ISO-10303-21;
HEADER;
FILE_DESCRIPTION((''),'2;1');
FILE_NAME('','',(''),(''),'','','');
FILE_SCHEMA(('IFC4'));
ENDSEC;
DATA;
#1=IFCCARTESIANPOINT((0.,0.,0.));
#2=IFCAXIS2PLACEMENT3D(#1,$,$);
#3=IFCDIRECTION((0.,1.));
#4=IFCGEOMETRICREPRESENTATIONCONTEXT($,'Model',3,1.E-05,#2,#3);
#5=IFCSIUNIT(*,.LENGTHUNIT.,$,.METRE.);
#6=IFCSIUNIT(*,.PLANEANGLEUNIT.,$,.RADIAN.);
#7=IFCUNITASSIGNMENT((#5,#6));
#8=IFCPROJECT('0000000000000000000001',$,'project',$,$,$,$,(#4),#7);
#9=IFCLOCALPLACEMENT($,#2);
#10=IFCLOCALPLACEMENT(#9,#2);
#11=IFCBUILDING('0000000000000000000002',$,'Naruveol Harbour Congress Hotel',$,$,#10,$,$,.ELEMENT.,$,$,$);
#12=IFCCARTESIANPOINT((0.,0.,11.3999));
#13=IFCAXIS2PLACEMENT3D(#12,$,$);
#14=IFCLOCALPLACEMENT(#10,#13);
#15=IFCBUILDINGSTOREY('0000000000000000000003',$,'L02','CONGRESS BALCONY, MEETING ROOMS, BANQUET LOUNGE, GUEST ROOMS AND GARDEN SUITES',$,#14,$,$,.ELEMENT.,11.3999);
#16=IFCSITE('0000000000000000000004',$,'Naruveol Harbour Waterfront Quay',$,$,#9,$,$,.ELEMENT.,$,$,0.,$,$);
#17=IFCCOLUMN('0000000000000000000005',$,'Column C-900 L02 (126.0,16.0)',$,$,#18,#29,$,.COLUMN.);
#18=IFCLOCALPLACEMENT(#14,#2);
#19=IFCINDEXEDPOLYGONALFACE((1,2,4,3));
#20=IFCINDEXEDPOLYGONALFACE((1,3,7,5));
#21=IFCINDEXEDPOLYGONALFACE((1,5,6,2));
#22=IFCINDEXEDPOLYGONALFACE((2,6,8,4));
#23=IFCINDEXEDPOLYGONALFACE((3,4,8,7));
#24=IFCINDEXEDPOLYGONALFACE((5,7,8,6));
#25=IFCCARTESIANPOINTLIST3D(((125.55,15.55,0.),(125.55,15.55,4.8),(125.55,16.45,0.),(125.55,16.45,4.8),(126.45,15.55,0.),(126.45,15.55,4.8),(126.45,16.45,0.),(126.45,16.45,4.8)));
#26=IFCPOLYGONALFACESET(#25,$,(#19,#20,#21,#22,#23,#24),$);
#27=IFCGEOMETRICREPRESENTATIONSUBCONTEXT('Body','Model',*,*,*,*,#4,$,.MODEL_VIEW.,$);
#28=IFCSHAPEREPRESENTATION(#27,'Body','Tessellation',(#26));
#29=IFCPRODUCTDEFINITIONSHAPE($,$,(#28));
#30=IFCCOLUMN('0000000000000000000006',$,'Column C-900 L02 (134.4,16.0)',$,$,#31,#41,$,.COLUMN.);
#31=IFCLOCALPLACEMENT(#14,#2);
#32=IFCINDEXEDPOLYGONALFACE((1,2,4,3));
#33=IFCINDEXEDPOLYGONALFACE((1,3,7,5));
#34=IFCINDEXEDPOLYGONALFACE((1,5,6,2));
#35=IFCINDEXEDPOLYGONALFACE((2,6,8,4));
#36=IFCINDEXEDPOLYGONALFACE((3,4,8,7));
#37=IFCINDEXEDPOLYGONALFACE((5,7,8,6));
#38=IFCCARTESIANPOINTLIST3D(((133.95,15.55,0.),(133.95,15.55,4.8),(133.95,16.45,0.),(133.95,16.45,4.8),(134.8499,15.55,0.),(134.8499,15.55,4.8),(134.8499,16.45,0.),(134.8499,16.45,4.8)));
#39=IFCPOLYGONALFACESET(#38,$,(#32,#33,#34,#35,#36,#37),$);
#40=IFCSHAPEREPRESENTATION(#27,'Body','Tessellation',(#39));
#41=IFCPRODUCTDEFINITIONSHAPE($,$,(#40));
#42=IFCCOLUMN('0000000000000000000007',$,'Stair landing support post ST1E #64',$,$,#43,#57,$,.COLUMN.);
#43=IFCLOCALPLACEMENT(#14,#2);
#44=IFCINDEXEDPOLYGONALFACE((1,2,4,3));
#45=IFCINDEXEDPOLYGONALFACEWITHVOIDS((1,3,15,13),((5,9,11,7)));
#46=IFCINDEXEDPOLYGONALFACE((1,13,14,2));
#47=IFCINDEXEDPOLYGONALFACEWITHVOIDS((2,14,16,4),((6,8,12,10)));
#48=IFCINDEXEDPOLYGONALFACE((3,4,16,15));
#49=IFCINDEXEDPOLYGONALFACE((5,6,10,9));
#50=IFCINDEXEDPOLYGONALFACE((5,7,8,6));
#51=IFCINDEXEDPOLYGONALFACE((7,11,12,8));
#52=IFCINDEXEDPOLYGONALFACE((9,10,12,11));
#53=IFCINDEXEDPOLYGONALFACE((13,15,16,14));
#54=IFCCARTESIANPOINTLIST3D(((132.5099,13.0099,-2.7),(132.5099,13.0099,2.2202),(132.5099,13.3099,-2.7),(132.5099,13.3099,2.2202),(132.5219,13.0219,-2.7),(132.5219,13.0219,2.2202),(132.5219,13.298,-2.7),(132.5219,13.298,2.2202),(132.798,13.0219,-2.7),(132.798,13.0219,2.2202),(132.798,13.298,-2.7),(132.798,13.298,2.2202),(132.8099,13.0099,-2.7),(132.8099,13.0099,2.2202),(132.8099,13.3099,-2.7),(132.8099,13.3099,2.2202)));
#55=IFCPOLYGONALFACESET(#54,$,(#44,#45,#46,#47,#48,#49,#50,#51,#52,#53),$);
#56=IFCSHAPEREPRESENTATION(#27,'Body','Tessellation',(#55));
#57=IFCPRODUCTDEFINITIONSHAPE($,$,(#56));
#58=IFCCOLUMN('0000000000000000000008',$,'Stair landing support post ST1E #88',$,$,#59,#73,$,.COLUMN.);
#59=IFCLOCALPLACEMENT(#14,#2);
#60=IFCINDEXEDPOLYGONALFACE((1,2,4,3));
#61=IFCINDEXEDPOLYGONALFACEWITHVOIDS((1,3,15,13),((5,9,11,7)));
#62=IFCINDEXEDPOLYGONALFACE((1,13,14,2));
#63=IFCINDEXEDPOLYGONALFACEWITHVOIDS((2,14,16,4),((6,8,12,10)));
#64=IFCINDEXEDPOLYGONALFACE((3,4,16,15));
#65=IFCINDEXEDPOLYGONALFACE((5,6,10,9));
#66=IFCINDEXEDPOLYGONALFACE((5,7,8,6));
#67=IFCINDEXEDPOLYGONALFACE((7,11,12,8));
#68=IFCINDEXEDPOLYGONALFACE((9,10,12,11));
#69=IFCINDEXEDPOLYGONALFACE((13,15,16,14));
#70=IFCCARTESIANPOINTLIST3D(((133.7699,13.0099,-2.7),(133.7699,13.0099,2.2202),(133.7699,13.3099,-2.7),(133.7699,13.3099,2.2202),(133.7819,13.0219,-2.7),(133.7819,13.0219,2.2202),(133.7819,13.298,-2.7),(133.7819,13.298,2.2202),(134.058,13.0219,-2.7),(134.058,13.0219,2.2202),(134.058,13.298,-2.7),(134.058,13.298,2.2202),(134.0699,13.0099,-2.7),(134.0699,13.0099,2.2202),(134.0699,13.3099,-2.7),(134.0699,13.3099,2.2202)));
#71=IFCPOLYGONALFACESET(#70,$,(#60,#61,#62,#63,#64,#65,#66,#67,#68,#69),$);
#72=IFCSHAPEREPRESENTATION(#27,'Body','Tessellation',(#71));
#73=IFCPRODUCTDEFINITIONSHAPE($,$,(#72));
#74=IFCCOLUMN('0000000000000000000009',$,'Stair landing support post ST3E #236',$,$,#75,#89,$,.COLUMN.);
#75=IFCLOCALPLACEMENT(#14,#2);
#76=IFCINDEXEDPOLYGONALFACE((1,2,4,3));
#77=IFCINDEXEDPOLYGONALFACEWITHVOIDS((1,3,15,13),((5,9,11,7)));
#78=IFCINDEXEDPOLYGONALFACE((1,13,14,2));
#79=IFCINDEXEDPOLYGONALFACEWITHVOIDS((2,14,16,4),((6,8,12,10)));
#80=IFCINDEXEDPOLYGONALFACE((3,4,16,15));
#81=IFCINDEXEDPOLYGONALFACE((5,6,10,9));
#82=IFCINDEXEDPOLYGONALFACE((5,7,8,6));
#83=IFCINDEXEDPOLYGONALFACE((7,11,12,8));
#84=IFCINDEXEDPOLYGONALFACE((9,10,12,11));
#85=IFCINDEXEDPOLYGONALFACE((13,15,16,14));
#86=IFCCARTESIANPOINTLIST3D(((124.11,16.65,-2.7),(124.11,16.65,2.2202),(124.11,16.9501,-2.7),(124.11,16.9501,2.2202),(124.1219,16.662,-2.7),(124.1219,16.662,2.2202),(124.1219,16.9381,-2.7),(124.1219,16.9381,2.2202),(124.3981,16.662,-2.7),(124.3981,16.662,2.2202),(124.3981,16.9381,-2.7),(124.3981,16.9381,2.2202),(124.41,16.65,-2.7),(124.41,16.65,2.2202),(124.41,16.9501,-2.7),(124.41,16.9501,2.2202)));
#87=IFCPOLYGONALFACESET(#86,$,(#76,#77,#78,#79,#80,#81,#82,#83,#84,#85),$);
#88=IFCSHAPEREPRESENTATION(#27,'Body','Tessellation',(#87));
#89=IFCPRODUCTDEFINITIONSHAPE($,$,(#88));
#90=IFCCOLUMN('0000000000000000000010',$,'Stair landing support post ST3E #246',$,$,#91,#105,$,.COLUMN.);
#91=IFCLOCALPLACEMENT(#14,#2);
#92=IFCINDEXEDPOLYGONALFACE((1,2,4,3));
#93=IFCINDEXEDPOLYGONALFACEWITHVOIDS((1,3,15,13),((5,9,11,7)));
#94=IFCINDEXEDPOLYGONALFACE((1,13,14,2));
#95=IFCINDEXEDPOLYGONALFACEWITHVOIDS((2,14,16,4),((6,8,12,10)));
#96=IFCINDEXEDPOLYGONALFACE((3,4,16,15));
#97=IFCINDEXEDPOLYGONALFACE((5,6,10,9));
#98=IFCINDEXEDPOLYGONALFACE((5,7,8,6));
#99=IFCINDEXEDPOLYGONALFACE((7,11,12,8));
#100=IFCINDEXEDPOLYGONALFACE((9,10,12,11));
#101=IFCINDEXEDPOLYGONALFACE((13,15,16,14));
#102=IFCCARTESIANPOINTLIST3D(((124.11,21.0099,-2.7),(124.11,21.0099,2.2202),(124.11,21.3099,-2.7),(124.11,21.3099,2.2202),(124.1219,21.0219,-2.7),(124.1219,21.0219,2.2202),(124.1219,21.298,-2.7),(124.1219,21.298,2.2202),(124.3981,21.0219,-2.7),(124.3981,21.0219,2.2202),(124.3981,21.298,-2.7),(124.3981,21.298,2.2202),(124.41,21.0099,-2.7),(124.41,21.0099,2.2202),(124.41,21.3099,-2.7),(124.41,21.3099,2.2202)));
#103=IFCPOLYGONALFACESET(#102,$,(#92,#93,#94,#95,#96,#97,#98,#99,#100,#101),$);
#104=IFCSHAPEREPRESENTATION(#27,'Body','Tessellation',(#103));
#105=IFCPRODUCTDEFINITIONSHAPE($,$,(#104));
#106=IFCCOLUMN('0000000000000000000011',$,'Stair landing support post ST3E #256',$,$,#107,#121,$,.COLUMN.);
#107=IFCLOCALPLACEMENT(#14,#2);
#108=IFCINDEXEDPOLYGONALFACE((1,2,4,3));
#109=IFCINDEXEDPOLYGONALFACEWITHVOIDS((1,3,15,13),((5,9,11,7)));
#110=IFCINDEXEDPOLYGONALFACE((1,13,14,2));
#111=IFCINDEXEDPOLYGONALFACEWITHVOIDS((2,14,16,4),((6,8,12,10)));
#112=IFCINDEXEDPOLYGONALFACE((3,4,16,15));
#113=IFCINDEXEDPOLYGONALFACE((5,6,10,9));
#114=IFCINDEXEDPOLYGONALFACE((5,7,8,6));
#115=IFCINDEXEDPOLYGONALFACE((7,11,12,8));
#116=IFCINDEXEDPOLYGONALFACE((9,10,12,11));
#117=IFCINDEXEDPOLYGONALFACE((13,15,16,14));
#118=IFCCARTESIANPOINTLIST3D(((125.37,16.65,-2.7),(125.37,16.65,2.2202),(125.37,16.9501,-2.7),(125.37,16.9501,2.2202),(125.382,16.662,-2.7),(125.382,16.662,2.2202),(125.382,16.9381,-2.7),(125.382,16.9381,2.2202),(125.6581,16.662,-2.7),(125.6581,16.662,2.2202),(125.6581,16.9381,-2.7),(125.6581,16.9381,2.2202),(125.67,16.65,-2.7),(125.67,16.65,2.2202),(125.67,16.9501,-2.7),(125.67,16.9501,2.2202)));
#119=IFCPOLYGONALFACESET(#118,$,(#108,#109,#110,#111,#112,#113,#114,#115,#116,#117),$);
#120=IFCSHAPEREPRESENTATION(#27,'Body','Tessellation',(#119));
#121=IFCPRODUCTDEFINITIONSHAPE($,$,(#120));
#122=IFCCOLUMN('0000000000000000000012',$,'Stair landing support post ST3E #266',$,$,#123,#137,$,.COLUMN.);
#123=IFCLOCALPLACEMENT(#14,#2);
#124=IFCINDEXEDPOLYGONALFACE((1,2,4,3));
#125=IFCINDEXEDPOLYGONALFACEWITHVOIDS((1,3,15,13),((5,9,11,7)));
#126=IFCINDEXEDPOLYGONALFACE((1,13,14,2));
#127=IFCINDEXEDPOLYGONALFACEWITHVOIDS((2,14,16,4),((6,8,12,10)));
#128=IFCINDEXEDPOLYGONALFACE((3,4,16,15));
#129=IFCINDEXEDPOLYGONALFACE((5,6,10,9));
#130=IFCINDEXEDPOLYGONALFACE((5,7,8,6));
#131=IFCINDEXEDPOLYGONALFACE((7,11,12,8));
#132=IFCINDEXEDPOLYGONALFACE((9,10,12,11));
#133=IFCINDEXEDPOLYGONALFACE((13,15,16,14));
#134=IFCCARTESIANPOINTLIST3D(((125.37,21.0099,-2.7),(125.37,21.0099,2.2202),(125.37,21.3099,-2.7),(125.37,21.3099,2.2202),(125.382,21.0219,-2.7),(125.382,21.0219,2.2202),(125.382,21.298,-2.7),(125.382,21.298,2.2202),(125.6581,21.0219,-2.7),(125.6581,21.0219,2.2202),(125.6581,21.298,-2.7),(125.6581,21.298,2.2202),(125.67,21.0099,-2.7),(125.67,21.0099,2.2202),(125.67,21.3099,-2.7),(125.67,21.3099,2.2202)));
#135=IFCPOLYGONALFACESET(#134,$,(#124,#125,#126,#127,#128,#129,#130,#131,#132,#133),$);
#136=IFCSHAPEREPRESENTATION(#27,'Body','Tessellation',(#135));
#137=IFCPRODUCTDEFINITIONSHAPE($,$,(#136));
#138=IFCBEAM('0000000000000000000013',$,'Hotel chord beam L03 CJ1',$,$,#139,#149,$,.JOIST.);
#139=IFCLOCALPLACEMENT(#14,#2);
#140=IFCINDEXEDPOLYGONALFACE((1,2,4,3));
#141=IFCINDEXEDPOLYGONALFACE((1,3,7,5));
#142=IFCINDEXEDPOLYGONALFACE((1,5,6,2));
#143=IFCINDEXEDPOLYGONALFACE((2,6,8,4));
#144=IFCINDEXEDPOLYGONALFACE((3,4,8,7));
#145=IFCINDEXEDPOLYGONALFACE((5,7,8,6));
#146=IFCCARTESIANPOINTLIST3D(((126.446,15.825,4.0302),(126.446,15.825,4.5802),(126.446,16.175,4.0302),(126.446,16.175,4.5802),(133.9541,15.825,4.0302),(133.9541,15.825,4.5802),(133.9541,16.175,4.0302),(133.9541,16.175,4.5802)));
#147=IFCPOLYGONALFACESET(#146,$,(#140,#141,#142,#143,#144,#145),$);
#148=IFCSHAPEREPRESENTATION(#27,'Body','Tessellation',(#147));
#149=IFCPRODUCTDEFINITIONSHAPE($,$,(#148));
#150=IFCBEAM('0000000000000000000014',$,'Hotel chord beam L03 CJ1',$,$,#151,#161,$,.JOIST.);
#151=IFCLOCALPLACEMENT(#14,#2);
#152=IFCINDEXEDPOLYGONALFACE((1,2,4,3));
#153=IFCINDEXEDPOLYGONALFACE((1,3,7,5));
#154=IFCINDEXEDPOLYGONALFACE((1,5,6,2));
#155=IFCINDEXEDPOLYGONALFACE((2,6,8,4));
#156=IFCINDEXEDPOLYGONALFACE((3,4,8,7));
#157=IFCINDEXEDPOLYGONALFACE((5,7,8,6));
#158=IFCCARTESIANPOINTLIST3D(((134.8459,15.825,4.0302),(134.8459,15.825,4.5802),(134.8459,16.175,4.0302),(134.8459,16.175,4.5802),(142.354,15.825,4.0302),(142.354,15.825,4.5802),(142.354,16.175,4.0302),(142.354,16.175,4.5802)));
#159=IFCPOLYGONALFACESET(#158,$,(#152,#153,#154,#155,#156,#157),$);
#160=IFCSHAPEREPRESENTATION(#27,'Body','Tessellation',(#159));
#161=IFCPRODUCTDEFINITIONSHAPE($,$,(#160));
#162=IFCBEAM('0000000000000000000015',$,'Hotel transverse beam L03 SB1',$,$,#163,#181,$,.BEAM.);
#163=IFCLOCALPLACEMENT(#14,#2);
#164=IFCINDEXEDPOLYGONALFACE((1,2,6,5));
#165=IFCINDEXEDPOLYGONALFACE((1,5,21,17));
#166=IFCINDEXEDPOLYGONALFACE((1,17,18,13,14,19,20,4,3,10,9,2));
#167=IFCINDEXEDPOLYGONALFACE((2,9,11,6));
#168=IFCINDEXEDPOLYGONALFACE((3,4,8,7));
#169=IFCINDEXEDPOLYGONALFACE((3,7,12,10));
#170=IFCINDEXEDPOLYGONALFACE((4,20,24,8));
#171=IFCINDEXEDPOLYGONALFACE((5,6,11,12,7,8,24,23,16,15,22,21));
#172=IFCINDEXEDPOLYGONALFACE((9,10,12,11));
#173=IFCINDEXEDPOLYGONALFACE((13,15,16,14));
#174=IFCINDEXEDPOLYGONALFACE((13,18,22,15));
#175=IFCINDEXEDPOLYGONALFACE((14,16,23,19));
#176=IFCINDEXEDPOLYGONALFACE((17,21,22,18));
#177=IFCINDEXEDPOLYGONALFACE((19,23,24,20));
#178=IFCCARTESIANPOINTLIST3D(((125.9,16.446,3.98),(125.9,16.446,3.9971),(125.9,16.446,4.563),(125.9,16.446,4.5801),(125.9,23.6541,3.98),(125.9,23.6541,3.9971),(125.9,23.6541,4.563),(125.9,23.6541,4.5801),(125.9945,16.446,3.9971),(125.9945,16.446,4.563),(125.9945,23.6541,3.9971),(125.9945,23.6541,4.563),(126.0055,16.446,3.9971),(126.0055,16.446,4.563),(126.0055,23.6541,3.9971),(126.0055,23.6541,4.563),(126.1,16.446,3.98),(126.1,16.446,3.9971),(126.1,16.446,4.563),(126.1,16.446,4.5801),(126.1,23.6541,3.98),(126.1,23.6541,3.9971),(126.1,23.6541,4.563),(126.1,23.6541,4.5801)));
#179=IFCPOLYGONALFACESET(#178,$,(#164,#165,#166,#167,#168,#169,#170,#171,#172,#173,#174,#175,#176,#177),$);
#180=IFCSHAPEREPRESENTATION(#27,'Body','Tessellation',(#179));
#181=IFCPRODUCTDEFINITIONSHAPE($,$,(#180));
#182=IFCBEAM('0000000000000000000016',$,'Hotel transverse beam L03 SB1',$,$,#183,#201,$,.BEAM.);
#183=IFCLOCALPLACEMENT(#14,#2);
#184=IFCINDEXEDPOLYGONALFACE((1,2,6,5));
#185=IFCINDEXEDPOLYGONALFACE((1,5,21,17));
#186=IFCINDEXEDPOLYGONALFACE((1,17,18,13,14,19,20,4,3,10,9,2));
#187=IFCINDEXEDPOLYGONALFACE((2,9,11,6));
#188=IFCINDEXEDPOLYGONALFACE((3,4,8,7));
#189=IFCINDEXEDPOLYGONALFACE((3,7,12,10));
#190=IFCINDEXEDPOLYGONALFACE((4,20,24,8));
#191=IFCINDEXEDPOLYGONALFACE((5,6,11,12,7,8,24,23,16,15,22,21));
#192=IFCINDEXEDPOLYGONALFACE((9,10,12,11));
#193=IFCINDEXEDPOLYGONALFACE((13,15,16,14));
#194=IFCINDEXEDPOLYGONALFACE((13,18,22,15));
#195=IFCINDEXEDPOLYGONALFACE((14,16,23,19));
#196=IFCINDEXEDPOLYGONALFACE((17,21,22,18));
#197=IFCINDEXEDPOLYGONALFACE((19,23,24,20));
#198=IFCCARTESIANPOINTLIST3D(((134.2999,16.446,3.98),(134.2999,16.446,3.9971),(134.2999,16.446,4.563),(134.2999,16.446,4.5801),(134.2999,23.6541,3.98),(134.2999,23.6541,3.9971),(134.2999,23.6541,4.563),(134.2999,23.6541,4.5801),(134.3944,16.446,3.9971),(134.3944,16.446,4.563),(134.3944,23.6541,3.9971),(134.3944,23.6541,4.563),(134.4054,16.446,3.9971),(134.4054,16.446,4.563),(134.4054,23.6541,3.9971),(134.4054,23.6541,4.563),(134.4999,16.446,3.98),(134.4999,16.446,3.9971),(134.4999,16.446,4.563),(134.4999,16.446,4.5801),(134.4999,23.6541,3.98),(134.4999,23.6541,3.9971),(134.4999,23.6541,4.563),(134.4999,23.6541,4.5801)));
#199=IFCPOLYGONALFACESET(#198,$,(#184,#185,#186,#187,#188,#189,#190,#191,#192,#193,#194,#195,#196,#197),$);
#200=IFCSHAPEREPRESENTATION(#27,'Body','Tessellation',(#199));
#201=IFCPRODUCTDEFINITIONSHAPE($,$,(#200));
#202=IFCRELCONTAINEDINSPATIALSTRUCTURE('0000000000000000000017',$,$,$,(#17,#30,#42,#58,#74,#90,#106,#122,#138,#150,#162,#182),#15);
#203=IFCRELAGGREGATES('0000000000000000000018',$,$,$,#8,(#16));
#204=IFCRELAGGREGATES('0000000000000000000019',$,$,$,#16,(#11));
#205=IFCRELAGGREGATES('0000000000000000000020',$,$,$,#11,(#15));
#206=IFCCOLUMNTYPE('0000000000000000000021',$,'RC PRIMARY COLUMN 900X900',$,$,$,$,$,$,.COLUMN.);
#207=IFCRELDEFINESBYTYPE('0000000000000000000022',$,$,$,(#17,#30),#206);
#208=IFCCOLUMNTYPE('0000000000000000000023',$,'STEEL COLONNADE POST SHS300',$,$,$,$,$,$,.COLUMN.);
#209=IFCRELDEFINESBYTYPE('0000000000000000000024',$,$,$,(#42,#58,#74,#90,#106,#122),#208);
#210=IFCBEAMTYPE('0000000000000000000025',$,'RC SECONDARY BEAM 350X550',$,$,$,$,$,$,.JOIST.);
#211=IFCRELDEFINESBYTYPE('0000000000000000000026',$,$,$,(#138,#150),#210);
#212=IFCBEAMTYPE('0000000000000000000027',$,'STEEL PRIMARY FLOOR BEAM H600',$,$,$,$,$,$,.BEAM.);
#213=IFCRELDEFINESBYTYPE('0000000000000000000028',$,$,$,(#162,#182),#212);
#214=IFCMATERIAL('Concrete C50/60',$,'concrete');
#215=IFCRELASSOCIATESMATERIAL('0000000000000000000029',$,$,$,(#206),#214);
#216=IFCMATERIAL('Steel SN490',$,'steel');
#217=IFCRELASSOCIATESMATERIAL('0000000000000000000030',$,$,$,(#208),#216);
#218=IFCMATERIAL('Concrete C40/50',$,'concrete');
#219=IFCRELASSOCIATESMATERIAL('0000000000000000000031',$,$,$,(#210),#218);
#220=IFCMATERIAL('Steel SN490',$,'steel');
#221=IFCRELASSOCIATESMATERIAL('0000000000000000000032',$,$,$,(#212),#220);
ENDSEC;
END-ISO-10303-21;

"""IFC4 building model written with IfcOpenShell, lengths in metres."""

from ifc_helpers import new_model, si_unit, direction, frame, origin, origin_2d, place, context, subcontext, project, spatial, rectangle, hollow_rectangle, i_section, extrude, material, material_profile, profile_set, type_object, element, save


model = new_model("IFC4")

# Units and contexts
model_context = context("Model", 3, precision=1e-05, world=origin(), true_north=direction((0.0, 1.0)))
body_context = subcontext(model_context, "Body", "Model", "MODEL_VIEW")
ifc_project = project(units=[si_unit("LENGTHUNIT", "METRE"), si_unit("PLANEANGLEUNIT", "RADIAN")], contexts=[model_context])

# Site, building, storey
site_placement = place(None, origin())
site = spatial("IfcSite", under=ifc_project, at=site_placement, Name="Naruveol Harbour Waterfront Quay", CompositionType="ELEMENT", RefElevation=0.0)
building_placement = place(site_placement, origin())
building = spatial("IfcBuilding", under=site, at=building_placement, Name="Naruveol Harbour Congress Hotel", CompositionType="ELEMENT")
storey_placement = place(building_placement, frame((0.0, 0.0, 11.3999)))
storey = spatial("IfcBuildingStorey", under=building, at=storey_placement, Name="L02", Description="CONGRESS BALCONY, MEETING ROOMS, BANQUET LOUNGE, GUEST ROOMS AND GARDEN SUITES", CompositionType="ELEMENT", Elevation=11.3999)

# Columns
ifc_material_1 = material(Name="Concrete C50/60", Category="concrete")
ifc_material_profile_1 = material_profile(ifc_material_1, rectangle(XDim=0.8999, YDim=0.8999, at=origin_2d()), Name="RC-900x900")
ifc_profile_set_1 = profile_set([ifc_material_profile_1], Name="Concrete C50/60")
column_type_1 = type_object("IfcColumnType", Name="RC PRIMARY COLUMN 900X900", PredefinedType="COLUMN", material=ifc_profile_set_1)
for number, where, z_axis, x_axis, name in (
    (1, (126.0, 16.0, 0.0), (0.0, 0.0, 1.0), (1.0, 0.0, 0.0), "Column C-900 L02 (126.0,16.0)"),
    (2, (134.3999, 16.0, 0.0), (0.0, 0.0, 1.0), (1.0, 0.0, 0.0), "Column C-900 L02 (134.4,16.0)"),
):
    element("IfcColumn", number, at=place(storey_placement, frame(where, z_axis=z_axis, x_axis=x_axis)), inside=storey, type_object=column_type_1, Name=name, PredefinedType="COLUMN", context=body_context, shape_type="SweptSolid", body=[
        extrude(rectangle(XDim=0.8999, YDim=0.8999, at=origin_2d()), origin(), (0.0, 0.0, 1.0), 4.8),
    ])
ifc_material_2 = material(Name="Steel SN490", Category="steel")
ifc_material_profile_2 = material_profile(ifc_material_2, hollow_rectangle(XDim=0.3, YDim=0.3, WallThickness=0.012, at=origin_2d()), Name="SHS-300x300x12")
ifc_profile_set_2 = profile_set([ifc_material_profile_2], Name="Steel SN490")
column_type_2 = type_object("IfcColumnType", Name="STEEL COLONNADE POST SHS300", PredefinedType="COLUMN", material=ifc_profile_set_2)
for number, where, z_axis, x_axis, name in (
    (3, (132.6599, 13.1599, -2.7), (0.0, 0.0, 1.0), (1.0, 0.0, 0.0), "Stair landing support post ST1E #64"),
    (4, (133.9199, 13.1599, -2.7), (0.0, 0.0, 1.0), (1.0, 0.0, 0.0), "Stair landing support post ST1E #88"),
    (5, (124.26, 16.8, -2.7), (0.0, 0.0, 1.0), (1.0, 0.0, 0.0), "Stair landing support post ST3E #236"),
    (6, (124.26, 21.1599, -2.7), (0.0, 0.0, 1.0), (1.0, 0.0, 0.0), "Stair landing support post ST3E #246"),
    (7, (125.52, 16.8, -2.7), (0.0, 0.0, 1.0), (1.0, 0.0, 0.0), "Stair landing support post ST3E #256"),
    (8, (125.52, 21.1599, -2.7), (0.0, 0.0, 1.0), (1.0, 0.0, 0.0), "Stair landing support post ST3E #266"),
):
    element("IfcColumn", number, at=place(storey_placement, frame(where, z_axis=z_axis, x_axis=x_axis)), inside=storey, type_object=column_type_2, Name=name, PredefinedType="COLUMN", context=body_context, shape_type="SweptSolid", body=[
        extrude(hollow_rectangle(XDim=0.3, YDim=0.3, WallThickness=0.012, at=origin_2d()), origin(), (0.0, 0.0, 1.0), 4.9202),
    ])

# Beams
ifc_material_3 = material(Name="Concrete C40/50", Category="concrete")
ifc_material_profile_3 = material_profile(ifc_material_3, rectangle(XDim=0.3501, YDim=0.55, at=origin_2d()), Name="RCB-350x550")
ifc_profile_set_3 = profile_set([ifc_material_profile_3], Name="Concrete C40/50")
beam_type_1 = type_object("IfcBeamType", Name="RC SECONDARY BEAM 350X550", PredefinedType="JOIST", material=ifc_profile_set_3)
for number, where, z_axis, x_axis, name in (
    (9, (126.446, 16.0, 4.3052), (1.0, 0.0, 0.0), (0.0, 1.0, 0.0), "Hotel chord beam L03 CJ1"),
    (10, (134.8459, 16.0, 4.3052), (1.0, 0.0, 0.0), (0.0, 1.0, 0.0), "Hotel chord beam L03 CJ1"),
):
    element("IfcBeam", number, at=place(storey_placement, frame(where, z_axis=z_axis, x_axis=x_axis)), inside=storey, type_object=beam_type_1, Name=name, PredefinedType="JOIST", context=body_context, shape_type="SweptSolid", body=[
        extrude(rectangle(XDim=0.3501, YDim=0.55, at=origin_2d()), origin(), (0.0, 0.0, 1.0), 7.5081),
    ])
ifc_material_4 = material(Name="Steel SN490", Category="steel")
ifc_material_profile_4 = material_profile(ifc_material_4, i_section(OverallWidth=0.2, OverallDepth=0.6001, WebThickness=0.011, FlangeThickness=0.0171, at=origin_2d()), Name="H-600x200x11x17")
ifc_profile_set_4 = profile_set([ifc_material_profile_4], Name="Steel SN490")
beam_type_2 = type_object("IfcBeamType", Name="STEEL PRIMARY FLOOR BEAM H600", PredefinedType="BEAM", material=ifc_profile_set_4)
for number, where, z_axis, x_axis, name in (
    (11, (126.0, 16.446, 4.28), (0.0, 1.0, 0.0), (-1.0, 0.0, 0.0), "Hotel transverse beam L03 SB1"),
    (12, (134.3999, 16.446, 4.28), (0.0, 1.0, 0.0), (-1.0, 0.0, 0.0), "Hotel transverse beam L03 SB1"),
):
    element("IfcBeam", number, at=place(storey_placement, frame(where, z_axis=z_axis, x_axis=x_axis)), inside=storey, type_object=beam_type_2, Name=name, PredefinedType="BEAM", context=body_context, shape_type="SweptSolid", body=[
        extrude(i_section(OverallWidth=0.2, OverallDepth=0.6001, WebThickness=0.011, FlangeThickness=0.0171, at=origin_2d()), origin(), (0.0, 0.0, 1.0), 7.208),
    ])

save(model, "model.ifc")
